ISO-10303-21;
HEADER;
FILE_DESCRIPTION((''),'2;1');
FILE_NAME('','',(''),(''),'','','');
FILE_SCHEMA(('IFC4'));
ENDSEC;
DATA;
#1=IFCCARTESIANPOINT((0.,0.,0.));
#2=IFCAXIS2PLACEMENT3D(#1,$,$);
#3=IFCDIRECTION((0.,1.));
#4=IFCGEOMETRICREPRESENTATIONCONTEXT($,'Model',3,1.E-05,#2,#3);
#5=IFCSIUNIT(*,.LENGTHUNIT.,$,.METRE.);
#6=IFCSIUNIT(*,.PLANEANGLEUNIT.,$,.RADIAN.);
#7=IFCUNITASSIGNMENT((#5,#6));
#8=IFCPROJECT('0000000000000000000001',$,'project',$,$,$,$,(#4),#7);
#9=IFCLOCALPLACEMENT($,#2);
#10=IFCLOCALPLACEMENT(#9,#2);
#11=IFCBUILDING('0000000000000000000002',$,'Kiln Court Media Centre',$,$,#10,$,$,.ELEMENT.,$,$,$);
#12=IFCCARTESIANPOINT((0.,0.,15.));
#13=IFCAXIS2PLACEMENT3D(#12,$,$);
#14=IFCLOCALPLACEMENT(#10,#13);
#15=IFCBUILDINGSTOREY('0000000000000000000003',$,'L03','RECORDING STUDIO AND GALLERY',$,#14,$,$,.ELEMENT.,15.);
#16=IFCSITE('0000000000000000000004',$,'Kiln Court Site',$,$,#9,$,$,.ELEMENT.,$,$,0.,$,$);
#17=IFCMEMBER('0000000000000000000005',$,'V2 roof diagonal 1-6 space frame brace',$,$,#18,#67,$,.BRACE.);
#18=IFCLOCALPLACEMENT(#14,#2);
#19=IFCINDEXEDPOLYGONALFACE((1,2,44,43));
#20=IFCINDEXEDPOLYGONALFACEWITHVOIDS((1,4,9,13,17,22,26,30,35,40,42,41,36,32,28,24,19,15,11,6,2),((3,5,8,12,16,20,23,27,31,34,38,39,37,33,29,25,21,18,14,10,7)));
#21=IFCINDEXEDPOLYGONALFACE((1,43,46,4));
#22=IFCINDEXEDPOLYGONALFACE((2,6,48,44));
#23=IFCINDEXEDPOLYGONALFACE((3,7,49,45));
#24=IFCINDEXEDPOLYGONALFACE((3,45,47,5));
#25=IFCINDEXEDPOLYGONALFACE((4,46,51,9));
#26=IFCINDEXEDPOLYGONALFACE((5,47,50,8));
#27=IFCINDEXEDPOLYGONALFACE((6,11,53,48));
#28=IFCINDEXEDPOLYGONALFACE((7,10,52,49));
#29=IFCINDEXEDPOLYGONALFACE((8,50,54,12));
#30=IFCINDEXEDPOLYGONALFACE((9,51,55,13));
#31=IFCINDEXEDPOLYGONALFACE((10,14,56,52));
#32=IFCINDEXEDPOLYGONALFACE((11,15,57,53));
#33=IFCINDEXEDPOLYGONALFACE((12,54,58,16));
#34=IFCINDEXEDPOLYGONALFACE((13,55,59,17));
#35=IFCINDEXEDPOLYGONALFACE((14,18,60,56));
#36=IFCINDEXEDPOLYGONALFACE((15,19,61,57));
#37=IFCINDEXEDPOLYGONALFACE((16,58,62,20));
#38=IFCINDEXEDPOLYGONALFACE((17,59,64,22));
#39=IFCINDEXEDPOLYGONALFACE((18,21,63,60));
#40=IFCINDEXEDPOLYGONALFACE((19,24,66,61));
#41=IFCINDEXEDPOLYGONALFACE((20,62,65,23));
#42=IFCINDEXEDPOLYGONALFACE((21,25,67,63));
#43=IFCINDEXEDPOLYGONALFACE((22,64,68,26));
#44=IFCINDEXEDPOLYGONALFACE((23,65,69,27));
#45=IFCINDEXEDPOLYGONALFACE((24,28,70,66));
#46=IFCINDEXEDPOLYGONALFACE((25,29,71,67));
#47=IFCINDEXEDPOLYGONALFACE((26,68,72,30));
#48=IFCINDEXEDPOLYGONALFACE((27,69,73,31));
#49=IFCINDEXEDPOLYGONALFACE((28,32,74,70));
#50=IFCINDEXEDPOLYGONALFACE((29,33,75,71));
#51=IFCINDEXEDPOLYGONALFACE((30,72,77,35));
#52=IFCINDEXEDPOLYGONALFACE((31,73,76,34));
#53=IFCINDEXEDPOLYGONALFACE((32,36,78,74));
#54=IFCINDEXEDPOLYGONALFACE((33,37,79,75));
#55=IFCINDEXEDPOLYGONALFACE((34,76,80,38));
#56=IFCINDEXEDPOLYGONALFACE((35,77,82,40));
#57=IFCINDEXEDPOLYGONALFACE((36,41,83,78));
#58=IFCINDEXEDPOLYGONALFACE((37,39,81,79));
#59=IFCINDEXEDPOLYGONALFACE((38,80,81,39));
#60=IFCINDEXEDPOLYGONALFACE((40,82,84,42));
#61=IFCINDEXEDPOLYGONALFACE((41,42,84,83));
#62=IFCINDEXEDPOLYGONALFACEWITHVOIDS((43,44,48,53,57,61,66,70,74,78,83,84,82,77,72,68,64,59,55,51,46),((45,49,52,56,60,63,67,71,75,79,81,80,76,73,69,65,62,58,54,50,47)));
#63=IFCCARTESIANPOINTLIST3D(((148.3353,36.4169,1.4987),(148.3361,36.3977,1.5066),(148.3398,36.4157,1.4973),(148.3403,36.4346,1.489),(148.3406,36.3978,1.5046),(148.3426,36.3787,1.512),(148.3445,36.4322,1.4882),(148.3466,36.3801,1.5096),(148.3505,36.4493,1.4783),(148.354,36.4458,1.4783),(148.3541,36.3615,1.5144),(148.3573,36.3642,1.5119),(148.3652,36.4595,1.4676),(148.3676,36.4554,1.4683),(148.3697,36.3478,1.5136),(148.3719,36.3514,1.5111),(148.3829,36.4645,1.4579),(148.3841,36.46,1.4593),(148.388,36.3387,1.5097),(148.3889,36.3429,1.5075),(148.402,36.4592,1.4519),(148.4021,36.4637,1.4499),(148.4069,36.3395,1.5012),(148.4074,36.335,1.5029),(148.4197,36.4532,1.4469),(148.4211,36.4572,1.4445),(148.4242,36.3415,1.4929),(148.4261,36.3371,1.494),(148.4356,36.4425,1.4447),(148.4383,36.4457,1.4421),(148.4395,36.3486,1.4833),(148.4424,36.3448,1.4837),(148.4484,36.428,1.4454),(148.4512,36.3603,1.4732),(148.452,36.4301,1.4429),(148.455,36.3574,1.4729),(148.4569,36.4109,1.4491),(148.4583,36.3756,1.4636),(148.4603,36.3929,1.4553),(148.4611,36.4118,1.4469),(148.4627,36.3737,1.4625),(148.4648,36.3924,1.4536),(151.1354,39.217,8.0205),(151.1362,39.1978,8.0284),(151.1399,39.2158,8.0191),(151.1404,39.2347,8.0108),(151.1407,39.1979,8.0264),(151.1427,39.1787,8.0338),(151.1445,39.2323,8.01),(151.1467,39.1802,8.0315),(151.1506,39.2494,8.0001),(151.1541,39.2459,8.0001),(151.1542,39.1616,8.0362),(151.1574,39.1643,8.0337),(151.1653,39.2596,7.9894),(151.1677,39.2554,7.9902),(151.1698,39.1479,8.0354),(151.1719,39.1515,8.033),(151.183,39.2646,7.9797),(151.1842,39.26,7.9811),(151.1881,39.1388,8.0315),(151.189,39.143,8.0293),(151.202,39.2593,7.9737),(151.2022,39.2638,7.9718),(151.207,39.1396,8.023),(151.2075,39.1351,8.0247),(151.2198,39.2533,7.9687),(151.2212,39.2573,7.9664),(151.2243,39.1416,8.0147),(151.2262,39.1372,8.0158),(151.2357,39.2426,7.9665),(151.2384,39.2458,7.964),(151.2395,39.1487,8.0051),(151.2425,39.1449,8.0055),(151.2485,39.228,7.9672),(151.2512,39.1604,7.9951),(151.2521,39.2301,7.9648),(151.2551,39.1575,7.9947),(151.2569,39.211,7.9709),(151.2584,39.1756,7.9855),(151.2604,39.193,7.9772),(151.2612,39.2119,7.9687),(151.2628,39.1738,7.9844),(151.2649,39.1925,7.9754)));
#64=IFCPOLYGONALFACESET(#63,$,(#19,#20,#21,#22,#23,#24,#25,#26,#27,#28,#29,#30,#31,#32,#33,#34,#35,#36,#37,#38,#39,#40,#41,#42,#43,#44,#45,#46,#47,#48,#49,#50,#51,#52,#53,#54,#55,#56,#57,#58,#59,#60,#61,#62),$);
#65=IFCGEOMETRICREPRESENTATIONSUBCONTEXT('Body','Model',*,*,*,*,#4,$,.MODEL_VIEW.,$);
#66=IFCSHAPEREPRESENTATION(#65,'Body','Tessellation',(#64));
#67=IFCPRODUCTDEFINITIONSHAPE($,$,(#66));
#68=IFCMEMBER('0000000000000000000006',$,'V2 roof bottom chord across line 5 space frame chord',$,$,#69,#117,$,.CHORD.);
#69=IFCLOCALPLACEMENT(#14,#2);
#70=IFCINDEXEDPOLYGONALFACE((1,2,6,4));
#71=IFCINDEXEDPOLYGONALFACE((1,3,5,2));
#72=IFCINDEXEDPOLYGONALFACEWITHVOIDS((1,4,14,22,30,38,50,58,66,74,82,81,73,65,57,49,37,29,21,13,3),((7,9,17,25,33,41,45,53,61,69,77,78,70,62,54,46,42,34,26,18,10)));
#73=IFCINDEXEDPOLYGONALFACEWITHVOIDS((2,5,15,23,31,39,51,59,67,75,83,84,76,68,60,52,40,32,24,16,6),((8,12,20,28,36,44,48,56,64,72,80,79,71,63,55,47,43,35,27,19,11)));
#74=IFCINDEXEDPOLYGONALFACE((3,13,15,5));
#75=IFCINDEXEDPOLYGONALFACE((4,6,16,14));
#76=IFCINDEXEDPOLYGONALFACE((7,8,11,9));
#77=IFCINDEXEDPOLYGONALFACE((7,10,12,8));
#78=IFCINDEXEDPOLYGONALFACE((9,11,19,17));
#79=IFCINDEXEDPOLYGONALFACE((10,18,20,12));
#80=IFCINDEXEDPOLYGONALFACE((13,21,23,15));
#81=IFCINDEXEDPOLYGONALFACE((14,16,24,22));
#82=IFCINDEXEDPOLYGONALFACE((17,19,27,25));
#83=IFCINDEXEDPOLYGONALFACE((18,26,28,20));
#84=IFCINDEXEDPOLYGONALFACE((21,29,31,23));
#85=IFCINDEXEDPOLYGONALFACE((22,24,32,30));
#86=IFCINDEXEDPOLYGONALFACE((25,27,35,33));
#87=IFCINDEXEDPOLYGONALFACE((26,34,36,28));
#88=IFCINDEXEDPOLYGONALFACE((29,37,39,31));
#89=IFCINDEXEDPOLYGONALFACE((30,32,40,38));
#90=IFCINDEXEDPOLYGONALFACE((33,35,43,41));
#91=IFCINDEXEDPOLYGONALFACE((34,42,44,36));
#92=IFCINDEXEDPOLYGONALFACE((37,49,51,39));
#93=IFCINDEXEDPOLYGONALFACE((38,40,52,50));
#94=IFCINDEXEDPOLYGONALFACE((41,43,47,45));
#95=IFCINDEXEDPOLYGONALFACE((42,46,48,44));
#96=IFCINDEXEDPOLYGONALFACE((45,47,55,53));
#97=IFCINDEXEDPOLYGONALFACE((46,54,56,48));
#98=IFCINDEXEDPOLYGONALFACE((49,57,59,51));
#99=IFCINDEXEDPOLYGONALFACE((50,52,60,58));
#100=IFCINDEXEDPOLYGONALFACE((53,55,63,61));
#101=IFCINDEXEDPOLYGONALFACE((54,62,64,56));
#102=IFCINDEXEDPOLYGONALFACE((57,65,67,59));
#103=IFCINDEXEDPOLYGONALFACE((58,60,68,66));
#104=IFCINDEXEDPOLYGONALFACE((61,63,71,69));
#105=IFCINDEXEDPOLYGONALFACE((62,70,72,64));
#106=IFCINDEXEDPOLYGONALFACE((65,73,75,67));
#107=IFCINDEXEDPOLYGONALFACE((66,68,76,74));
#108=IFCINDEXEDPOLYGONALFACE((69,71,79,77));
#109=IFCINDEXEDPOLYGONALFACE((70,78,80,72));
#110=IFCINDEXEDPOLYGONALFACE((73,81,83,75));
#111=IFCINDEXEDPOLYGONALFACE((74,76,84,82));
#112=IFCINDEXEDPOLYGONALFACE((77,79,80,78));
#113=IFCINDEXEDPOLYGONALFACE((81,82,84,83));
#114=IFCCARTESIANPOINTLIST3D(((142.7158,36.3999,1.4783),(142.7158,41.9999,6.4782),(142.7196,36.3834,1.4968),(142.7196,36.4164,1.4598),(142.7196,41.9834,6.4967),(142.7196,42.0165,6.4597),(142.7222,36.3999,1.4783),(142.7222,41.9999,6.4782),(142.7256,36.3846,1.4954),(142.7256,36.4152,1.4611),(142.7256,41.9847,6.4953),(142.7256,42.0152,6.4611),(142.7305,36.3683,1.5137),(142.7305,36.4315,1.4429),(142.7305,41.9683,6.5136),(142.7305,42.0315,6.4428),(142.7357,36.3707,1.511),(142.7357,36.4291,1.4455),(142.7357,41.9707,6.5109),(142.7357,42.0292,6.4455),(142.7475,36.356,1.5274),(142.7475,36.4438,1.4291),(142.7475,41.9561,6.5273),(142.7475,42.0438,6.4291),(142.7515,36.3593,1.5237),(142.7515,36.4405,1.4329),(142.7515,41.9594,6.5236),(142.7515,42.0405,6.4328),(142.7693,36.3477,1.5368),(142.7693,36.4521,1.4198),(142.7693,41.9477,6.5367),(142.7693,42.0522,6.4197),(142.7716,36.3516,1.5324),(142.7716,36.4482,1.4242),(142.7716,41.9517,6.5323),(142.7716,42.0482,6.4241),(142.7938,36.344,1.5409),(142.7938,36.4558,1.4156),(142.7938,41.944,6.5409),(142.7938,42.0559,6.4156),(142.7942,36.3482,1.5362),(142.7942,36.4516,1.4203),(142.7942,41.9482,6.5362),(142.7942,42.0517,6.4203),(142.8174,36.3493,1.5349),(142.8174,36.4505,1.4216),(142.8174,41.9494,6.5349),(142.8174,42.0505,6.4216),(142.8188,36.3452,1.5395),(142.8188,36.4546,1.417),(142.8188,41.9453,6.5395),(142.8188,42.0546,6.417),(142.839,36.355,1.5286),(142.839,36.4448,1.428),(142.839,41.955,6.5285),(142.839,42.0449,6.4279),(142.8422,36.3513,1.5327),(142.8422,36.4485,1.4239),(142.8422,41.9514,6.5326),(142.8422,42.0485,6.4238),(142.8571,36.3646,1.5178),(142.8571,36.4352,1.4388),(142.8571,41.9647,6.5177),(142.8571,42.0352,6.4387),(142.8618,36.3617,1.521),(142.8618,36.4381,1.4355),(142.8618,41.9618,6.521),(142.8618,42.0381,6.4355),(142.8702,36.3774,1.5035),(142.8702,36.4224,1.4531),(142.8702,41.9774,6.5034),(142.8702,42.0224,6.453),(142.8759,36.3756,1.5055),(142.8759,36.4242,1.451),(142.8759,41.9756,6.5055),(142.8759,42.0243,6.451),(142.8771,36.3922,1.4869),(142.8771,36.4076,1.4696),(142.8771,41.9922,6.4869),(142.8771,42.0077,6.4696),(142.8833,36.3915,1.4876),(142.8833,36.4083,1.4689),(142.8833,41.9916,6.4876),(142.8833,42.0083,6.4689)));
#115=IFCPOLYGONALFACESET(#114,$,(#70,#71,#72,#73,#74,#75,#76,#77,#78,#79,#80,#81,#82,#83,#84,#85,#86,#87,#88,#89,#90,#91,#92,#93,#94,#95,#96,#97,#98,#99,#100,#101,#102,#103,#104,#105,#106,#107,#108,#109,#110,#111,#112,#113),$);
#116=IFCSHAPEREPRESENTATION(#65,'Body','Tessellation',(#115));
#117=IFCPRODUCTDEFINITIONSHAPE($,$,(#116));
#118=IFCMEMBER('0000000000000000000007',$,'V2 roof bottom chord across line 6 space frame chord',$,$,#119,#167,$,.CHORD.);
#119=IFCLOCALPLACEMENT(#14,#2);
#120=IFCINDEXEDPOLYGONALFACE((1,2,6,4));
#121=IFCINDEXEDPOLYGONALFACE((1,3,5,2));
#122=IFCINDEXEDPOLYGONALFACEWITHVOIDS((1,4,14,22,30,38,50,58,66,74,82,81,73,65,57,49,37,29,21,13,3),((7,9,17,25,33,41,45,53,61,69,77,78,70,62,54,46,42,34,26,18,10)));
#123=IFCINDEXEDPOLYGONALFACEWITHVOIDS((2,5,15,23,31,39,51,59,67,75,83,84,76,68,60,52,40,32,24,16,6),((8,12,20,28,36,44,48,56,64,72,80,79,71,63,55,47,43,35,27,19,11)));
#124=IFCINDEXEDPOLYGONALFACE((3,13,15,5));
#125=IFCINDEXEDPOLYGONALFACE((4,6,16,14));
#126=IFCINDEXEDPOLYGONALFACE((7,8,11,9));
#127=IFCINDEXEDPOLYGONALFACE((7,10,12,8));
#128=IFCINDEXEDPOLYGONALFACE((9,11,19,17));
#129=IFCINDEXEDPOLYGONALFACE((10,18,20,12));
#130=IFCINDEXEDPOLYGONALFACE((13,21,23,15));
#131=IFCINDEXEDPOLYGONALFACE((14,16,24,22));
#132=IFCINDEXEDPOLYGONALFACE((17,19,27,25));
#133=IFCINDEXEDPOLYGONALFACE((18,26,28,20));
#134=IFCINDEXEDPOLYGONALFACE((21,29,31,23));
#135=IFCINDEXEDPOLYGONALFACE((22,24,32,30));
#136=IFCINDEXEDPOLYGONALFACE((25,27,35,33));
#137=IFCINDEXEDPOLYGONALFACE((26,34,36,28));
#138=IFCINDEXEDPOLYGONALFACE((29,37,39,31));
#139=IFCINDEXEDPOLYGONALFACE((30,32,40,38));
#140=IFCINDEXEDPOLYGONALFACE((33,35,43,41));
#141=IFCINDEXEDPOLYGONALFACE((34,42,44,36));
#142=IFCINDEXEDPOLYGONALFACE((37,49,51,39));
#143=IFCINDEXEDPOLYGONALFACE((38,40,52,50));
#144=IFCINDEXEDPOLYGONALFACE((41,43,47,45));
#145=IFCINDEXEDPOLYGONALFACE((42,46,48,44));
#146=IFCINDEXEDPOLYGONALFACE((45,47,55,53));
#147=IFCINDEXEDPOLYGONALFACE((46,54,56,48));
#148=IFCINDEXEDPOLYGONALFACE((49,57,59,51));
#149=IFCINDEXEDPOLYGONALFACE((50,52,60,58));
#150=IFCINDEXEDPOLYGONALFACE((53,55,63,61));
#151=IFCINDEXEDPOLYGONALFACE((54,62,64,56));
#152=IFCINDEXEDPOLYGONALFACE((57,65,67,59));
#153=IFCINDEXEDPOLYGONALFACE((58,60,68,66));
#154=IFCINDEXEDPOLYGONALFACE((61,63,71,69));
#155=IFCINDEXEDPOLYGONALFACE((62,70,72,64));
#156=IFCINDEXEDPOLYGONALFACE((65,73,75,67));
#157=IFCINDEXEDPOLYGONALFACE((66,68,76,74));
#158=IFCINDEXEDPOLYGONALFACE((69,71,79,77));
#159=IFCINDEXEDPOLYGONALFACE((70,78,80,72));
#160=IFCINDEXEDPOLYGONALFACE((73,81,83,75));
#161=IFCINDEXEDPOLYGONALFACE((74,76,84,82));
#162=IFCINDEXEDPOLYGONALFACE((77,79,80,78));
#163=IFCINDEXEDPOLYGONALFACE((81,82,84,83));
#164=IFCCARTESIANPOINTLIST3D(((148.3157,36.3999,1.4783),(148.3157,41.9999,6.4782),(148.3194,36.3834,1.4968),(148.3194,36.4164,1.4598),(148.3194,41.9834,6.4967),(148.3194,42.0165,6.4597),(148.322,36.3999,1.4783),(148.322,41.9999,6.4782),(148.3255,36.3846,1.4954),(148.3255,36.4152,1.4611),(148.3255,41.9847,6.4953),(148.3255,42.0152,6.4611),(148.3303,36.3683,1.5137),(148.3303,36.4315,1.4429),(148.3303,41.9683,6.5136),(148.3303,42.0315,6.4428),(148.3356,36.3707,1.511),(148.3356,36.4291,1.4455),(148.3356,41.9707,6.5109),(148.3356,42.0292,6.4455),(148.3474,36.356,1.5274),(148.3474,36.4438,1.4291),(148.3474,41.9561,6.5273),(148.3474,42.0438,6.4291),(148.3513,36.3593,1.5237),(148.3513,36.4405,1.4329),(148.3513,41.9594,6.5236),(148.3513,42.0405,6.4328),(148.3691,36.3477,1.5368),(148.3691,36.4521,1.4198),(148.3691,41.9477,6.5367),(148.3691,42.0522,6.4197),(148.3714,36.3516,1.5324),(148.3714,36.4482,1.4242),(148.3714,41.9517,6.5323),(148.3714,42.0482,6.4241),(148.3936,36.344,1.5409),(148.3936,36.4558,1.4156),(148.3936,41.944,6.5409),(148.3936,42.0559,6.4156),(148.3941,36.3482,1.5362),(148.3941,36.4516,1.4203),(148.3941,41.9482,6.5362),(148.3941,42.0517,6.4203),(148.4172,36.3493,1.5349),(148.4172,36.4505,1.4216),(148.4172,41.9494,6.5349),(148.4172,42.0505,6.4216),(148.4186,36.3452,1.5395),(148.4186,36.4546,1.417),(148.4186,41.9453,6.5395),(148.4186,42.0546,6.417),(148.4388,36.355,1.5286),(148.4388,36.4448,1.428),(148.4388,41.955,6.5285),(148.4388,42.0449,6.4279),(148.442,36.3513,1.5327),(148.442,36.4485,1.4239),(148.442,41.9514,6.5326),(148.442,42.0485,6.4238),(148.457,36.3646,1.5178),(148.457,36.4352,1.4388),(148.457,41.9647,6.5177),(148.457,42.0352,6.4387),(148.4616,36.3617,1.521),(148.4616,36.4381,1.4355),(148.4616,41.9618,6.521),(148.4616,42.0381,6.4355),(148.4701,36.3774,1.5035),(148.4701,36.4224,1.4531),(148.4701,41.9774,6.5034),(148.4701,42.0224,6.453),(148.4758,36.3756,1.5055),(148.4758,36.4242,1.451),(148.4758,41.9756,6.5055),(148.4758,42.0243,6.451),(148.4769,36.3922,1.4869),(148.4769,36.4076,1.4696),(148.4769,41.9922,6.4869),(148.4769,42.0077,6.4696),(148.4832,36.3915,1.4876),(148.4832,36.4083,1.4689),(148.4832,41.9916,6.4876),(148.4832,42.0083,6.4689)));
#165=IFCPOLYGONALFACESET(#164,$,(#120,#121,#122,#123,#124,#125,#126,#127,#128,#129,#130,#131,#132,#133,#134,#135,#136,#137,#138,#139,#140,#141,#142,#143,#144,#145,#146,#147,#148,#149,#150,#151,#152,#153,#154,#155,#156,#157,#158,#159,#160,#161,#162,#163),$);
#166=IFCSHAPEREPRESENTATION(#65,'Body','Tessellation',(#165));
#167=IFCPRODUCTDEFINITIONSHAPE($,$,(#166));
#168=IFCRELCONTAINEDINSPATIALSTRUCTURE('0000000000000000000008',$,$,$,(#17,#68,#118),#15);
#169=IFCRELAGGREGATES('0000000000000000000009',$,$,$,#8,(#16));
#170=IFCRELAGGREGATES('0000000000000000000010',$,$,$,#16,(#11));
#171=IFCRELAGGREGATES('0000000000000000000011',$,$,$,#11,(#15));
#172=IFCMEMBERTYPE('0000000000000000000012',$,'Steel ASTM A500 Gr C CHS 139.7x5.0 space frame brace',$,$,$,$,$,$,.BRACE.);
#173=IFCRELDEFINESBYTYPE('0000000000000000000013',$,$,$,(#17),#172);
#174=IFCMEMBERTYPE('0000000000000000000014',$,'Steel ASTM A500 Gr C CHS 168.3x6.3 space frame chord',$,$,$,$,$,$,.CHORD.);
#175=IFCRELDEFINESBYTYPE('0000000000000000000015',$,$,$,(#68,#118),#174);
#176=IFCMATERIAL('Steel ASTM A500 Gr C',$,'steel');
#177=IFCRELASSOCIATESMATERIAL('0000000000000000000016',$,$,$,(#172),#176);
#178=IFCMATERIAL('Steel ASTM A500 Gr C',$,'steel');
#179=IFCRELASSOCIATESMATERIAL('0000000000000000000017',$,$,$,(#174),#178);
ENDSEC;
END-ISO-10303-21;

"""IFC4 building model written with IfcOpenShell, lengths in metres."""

from ifc_helpers import new_model, si_unit, direction, frame, origin, origin_2d, place, context, subcontext, project, spatial, hollow_circle, extrude, material, material_profile, profile_set, type_object, element, save


model = new_model("IFC4")

# Units and contexts
model_context = context("Model", 3, precision=1e-05, world=origin(), true_north=direction((0.0, 1.0)))
body_context = subcontext(model_context, "Body", "Model", "MODEL_VIEW")
ifc_project = project(units=[si_unit("LENGTHUNIT", "METRE"), si_unit("PLANEANGLEUNIT", "RADIAN")], contexts=[model_context])

# Site, building, storey
site_placement = place(None, origin())
site = spatial("IfcSite", under=ifc_project, at=site_placement, Name="Kiln Court Site", CompositionType="ELEMENT", RefElevation=0.0)
building_placement = place(site_placement, origin())
building = spatial("IfcBuilding", under=site, at=building_placement, Name="Kiln Court Media Centre", CompositionType="ELEMENT")
storey_placement = place(building_placement, frame((0.0, 0.0, 15.0)))
storey = spatial("IfcBuildingStorey", under=building, at=storey_placement, Name="L03", Description="RECORDING STUDIO AND GALLERY", CompositionType="ELEMENT", Elevation=15.0)

# Members
ifc_material_1 = material(Name="Steel ASTM A500 Gr C", Category="steel")
ifc_material_profile_1 = material_profile(ifc_material_1, hollow_circle(Radius=0.0698, WallThickness=0.0049, at=origin_2d()), Name="CHS 139.7x5.0")
ifc_profile_set_1 = profile_set([ifc_material_profile_1], Name="Steel ASTM A500 Gr C")
member_type_1 = type_object("IfcMemberType", Name="Steel ASTM A500 Gr C CHS 139.7x5.0 space frame brace", PredefinedType="BRACE", material=ifc_profile_set_1)
member_1_placement = place(storey_placement, frame((148.3999, 36.3999, 1.4783), z_axis=(0.36699, 0.36699, 0.854773), x_axis=(-0.707107, 0.707107, 0.0)))
element("IfcMember", 1, at=member_1_placement, inside=storey, type_object=member_type_1, Name="V2 roof diagonal 1-6 space frame brace", PredefinedType="BRACE", context=body_context, shape_type="SweptSolid", body=[
    extrude(hollow_circle(Radius=0.0698, WallThickness=0.0049, at=origin_2d()), origin(), (0.0, 0.0, 1.0), 7.6299),
])
ifc_material_2 = material(Name="Steel ASTM A500 Gr C", Category="steel")
ifc_material_profile_2 = material_profile(ifc_material_2, hollow_circle(Radius=0.0842, WallThickness=0.0063, at=origin_2d()), Name="CHS 168.3x6.3")
ifc_profile_set_2 = profile_set([ifc_material_profile_2], Name="Steel ASTM A500 Gr C")
member_type_2 = type_object("IfcMemberType", Name="Steel ASTM A500 Gr C CHS 168.3x6.3 space frame chord", PredefinedType="CHORD", material=ifc_profile_set_2)
for number, where, z_axis, x_axis, name in (
    (2, (142.8, 36.3999, 1.4783), (0.0, 0.745943, 0.666009), (-1.0, 0.0, 0.0), "V2 roof bottom chord across line 5 space frame chord"),
    (3, (148.3999, 36.3999, 1.4783), (0.0, 0.745943, 0.666009), (-1.0, 0.0, 0.0), "V2 roof bottom chord across line 6 space frame chord"),
):
    element("IfcMember", number, at=place(storey_placement, frame(where, z_axis=z_axis, x_axis=x_axis)), inside=storey, type_object=member_type_2, Name=name, PredefinedType="CHORD", context=body_context, shape_type="SweptSolid", body=[
        extrude(hollow_circle(Radius=0.0842, WallThickness=0.0063, at=origin_2d()), origin(), (0.0, 0.0, 1.0), 7.5073),
    ])

save(model, "model.ifc")
